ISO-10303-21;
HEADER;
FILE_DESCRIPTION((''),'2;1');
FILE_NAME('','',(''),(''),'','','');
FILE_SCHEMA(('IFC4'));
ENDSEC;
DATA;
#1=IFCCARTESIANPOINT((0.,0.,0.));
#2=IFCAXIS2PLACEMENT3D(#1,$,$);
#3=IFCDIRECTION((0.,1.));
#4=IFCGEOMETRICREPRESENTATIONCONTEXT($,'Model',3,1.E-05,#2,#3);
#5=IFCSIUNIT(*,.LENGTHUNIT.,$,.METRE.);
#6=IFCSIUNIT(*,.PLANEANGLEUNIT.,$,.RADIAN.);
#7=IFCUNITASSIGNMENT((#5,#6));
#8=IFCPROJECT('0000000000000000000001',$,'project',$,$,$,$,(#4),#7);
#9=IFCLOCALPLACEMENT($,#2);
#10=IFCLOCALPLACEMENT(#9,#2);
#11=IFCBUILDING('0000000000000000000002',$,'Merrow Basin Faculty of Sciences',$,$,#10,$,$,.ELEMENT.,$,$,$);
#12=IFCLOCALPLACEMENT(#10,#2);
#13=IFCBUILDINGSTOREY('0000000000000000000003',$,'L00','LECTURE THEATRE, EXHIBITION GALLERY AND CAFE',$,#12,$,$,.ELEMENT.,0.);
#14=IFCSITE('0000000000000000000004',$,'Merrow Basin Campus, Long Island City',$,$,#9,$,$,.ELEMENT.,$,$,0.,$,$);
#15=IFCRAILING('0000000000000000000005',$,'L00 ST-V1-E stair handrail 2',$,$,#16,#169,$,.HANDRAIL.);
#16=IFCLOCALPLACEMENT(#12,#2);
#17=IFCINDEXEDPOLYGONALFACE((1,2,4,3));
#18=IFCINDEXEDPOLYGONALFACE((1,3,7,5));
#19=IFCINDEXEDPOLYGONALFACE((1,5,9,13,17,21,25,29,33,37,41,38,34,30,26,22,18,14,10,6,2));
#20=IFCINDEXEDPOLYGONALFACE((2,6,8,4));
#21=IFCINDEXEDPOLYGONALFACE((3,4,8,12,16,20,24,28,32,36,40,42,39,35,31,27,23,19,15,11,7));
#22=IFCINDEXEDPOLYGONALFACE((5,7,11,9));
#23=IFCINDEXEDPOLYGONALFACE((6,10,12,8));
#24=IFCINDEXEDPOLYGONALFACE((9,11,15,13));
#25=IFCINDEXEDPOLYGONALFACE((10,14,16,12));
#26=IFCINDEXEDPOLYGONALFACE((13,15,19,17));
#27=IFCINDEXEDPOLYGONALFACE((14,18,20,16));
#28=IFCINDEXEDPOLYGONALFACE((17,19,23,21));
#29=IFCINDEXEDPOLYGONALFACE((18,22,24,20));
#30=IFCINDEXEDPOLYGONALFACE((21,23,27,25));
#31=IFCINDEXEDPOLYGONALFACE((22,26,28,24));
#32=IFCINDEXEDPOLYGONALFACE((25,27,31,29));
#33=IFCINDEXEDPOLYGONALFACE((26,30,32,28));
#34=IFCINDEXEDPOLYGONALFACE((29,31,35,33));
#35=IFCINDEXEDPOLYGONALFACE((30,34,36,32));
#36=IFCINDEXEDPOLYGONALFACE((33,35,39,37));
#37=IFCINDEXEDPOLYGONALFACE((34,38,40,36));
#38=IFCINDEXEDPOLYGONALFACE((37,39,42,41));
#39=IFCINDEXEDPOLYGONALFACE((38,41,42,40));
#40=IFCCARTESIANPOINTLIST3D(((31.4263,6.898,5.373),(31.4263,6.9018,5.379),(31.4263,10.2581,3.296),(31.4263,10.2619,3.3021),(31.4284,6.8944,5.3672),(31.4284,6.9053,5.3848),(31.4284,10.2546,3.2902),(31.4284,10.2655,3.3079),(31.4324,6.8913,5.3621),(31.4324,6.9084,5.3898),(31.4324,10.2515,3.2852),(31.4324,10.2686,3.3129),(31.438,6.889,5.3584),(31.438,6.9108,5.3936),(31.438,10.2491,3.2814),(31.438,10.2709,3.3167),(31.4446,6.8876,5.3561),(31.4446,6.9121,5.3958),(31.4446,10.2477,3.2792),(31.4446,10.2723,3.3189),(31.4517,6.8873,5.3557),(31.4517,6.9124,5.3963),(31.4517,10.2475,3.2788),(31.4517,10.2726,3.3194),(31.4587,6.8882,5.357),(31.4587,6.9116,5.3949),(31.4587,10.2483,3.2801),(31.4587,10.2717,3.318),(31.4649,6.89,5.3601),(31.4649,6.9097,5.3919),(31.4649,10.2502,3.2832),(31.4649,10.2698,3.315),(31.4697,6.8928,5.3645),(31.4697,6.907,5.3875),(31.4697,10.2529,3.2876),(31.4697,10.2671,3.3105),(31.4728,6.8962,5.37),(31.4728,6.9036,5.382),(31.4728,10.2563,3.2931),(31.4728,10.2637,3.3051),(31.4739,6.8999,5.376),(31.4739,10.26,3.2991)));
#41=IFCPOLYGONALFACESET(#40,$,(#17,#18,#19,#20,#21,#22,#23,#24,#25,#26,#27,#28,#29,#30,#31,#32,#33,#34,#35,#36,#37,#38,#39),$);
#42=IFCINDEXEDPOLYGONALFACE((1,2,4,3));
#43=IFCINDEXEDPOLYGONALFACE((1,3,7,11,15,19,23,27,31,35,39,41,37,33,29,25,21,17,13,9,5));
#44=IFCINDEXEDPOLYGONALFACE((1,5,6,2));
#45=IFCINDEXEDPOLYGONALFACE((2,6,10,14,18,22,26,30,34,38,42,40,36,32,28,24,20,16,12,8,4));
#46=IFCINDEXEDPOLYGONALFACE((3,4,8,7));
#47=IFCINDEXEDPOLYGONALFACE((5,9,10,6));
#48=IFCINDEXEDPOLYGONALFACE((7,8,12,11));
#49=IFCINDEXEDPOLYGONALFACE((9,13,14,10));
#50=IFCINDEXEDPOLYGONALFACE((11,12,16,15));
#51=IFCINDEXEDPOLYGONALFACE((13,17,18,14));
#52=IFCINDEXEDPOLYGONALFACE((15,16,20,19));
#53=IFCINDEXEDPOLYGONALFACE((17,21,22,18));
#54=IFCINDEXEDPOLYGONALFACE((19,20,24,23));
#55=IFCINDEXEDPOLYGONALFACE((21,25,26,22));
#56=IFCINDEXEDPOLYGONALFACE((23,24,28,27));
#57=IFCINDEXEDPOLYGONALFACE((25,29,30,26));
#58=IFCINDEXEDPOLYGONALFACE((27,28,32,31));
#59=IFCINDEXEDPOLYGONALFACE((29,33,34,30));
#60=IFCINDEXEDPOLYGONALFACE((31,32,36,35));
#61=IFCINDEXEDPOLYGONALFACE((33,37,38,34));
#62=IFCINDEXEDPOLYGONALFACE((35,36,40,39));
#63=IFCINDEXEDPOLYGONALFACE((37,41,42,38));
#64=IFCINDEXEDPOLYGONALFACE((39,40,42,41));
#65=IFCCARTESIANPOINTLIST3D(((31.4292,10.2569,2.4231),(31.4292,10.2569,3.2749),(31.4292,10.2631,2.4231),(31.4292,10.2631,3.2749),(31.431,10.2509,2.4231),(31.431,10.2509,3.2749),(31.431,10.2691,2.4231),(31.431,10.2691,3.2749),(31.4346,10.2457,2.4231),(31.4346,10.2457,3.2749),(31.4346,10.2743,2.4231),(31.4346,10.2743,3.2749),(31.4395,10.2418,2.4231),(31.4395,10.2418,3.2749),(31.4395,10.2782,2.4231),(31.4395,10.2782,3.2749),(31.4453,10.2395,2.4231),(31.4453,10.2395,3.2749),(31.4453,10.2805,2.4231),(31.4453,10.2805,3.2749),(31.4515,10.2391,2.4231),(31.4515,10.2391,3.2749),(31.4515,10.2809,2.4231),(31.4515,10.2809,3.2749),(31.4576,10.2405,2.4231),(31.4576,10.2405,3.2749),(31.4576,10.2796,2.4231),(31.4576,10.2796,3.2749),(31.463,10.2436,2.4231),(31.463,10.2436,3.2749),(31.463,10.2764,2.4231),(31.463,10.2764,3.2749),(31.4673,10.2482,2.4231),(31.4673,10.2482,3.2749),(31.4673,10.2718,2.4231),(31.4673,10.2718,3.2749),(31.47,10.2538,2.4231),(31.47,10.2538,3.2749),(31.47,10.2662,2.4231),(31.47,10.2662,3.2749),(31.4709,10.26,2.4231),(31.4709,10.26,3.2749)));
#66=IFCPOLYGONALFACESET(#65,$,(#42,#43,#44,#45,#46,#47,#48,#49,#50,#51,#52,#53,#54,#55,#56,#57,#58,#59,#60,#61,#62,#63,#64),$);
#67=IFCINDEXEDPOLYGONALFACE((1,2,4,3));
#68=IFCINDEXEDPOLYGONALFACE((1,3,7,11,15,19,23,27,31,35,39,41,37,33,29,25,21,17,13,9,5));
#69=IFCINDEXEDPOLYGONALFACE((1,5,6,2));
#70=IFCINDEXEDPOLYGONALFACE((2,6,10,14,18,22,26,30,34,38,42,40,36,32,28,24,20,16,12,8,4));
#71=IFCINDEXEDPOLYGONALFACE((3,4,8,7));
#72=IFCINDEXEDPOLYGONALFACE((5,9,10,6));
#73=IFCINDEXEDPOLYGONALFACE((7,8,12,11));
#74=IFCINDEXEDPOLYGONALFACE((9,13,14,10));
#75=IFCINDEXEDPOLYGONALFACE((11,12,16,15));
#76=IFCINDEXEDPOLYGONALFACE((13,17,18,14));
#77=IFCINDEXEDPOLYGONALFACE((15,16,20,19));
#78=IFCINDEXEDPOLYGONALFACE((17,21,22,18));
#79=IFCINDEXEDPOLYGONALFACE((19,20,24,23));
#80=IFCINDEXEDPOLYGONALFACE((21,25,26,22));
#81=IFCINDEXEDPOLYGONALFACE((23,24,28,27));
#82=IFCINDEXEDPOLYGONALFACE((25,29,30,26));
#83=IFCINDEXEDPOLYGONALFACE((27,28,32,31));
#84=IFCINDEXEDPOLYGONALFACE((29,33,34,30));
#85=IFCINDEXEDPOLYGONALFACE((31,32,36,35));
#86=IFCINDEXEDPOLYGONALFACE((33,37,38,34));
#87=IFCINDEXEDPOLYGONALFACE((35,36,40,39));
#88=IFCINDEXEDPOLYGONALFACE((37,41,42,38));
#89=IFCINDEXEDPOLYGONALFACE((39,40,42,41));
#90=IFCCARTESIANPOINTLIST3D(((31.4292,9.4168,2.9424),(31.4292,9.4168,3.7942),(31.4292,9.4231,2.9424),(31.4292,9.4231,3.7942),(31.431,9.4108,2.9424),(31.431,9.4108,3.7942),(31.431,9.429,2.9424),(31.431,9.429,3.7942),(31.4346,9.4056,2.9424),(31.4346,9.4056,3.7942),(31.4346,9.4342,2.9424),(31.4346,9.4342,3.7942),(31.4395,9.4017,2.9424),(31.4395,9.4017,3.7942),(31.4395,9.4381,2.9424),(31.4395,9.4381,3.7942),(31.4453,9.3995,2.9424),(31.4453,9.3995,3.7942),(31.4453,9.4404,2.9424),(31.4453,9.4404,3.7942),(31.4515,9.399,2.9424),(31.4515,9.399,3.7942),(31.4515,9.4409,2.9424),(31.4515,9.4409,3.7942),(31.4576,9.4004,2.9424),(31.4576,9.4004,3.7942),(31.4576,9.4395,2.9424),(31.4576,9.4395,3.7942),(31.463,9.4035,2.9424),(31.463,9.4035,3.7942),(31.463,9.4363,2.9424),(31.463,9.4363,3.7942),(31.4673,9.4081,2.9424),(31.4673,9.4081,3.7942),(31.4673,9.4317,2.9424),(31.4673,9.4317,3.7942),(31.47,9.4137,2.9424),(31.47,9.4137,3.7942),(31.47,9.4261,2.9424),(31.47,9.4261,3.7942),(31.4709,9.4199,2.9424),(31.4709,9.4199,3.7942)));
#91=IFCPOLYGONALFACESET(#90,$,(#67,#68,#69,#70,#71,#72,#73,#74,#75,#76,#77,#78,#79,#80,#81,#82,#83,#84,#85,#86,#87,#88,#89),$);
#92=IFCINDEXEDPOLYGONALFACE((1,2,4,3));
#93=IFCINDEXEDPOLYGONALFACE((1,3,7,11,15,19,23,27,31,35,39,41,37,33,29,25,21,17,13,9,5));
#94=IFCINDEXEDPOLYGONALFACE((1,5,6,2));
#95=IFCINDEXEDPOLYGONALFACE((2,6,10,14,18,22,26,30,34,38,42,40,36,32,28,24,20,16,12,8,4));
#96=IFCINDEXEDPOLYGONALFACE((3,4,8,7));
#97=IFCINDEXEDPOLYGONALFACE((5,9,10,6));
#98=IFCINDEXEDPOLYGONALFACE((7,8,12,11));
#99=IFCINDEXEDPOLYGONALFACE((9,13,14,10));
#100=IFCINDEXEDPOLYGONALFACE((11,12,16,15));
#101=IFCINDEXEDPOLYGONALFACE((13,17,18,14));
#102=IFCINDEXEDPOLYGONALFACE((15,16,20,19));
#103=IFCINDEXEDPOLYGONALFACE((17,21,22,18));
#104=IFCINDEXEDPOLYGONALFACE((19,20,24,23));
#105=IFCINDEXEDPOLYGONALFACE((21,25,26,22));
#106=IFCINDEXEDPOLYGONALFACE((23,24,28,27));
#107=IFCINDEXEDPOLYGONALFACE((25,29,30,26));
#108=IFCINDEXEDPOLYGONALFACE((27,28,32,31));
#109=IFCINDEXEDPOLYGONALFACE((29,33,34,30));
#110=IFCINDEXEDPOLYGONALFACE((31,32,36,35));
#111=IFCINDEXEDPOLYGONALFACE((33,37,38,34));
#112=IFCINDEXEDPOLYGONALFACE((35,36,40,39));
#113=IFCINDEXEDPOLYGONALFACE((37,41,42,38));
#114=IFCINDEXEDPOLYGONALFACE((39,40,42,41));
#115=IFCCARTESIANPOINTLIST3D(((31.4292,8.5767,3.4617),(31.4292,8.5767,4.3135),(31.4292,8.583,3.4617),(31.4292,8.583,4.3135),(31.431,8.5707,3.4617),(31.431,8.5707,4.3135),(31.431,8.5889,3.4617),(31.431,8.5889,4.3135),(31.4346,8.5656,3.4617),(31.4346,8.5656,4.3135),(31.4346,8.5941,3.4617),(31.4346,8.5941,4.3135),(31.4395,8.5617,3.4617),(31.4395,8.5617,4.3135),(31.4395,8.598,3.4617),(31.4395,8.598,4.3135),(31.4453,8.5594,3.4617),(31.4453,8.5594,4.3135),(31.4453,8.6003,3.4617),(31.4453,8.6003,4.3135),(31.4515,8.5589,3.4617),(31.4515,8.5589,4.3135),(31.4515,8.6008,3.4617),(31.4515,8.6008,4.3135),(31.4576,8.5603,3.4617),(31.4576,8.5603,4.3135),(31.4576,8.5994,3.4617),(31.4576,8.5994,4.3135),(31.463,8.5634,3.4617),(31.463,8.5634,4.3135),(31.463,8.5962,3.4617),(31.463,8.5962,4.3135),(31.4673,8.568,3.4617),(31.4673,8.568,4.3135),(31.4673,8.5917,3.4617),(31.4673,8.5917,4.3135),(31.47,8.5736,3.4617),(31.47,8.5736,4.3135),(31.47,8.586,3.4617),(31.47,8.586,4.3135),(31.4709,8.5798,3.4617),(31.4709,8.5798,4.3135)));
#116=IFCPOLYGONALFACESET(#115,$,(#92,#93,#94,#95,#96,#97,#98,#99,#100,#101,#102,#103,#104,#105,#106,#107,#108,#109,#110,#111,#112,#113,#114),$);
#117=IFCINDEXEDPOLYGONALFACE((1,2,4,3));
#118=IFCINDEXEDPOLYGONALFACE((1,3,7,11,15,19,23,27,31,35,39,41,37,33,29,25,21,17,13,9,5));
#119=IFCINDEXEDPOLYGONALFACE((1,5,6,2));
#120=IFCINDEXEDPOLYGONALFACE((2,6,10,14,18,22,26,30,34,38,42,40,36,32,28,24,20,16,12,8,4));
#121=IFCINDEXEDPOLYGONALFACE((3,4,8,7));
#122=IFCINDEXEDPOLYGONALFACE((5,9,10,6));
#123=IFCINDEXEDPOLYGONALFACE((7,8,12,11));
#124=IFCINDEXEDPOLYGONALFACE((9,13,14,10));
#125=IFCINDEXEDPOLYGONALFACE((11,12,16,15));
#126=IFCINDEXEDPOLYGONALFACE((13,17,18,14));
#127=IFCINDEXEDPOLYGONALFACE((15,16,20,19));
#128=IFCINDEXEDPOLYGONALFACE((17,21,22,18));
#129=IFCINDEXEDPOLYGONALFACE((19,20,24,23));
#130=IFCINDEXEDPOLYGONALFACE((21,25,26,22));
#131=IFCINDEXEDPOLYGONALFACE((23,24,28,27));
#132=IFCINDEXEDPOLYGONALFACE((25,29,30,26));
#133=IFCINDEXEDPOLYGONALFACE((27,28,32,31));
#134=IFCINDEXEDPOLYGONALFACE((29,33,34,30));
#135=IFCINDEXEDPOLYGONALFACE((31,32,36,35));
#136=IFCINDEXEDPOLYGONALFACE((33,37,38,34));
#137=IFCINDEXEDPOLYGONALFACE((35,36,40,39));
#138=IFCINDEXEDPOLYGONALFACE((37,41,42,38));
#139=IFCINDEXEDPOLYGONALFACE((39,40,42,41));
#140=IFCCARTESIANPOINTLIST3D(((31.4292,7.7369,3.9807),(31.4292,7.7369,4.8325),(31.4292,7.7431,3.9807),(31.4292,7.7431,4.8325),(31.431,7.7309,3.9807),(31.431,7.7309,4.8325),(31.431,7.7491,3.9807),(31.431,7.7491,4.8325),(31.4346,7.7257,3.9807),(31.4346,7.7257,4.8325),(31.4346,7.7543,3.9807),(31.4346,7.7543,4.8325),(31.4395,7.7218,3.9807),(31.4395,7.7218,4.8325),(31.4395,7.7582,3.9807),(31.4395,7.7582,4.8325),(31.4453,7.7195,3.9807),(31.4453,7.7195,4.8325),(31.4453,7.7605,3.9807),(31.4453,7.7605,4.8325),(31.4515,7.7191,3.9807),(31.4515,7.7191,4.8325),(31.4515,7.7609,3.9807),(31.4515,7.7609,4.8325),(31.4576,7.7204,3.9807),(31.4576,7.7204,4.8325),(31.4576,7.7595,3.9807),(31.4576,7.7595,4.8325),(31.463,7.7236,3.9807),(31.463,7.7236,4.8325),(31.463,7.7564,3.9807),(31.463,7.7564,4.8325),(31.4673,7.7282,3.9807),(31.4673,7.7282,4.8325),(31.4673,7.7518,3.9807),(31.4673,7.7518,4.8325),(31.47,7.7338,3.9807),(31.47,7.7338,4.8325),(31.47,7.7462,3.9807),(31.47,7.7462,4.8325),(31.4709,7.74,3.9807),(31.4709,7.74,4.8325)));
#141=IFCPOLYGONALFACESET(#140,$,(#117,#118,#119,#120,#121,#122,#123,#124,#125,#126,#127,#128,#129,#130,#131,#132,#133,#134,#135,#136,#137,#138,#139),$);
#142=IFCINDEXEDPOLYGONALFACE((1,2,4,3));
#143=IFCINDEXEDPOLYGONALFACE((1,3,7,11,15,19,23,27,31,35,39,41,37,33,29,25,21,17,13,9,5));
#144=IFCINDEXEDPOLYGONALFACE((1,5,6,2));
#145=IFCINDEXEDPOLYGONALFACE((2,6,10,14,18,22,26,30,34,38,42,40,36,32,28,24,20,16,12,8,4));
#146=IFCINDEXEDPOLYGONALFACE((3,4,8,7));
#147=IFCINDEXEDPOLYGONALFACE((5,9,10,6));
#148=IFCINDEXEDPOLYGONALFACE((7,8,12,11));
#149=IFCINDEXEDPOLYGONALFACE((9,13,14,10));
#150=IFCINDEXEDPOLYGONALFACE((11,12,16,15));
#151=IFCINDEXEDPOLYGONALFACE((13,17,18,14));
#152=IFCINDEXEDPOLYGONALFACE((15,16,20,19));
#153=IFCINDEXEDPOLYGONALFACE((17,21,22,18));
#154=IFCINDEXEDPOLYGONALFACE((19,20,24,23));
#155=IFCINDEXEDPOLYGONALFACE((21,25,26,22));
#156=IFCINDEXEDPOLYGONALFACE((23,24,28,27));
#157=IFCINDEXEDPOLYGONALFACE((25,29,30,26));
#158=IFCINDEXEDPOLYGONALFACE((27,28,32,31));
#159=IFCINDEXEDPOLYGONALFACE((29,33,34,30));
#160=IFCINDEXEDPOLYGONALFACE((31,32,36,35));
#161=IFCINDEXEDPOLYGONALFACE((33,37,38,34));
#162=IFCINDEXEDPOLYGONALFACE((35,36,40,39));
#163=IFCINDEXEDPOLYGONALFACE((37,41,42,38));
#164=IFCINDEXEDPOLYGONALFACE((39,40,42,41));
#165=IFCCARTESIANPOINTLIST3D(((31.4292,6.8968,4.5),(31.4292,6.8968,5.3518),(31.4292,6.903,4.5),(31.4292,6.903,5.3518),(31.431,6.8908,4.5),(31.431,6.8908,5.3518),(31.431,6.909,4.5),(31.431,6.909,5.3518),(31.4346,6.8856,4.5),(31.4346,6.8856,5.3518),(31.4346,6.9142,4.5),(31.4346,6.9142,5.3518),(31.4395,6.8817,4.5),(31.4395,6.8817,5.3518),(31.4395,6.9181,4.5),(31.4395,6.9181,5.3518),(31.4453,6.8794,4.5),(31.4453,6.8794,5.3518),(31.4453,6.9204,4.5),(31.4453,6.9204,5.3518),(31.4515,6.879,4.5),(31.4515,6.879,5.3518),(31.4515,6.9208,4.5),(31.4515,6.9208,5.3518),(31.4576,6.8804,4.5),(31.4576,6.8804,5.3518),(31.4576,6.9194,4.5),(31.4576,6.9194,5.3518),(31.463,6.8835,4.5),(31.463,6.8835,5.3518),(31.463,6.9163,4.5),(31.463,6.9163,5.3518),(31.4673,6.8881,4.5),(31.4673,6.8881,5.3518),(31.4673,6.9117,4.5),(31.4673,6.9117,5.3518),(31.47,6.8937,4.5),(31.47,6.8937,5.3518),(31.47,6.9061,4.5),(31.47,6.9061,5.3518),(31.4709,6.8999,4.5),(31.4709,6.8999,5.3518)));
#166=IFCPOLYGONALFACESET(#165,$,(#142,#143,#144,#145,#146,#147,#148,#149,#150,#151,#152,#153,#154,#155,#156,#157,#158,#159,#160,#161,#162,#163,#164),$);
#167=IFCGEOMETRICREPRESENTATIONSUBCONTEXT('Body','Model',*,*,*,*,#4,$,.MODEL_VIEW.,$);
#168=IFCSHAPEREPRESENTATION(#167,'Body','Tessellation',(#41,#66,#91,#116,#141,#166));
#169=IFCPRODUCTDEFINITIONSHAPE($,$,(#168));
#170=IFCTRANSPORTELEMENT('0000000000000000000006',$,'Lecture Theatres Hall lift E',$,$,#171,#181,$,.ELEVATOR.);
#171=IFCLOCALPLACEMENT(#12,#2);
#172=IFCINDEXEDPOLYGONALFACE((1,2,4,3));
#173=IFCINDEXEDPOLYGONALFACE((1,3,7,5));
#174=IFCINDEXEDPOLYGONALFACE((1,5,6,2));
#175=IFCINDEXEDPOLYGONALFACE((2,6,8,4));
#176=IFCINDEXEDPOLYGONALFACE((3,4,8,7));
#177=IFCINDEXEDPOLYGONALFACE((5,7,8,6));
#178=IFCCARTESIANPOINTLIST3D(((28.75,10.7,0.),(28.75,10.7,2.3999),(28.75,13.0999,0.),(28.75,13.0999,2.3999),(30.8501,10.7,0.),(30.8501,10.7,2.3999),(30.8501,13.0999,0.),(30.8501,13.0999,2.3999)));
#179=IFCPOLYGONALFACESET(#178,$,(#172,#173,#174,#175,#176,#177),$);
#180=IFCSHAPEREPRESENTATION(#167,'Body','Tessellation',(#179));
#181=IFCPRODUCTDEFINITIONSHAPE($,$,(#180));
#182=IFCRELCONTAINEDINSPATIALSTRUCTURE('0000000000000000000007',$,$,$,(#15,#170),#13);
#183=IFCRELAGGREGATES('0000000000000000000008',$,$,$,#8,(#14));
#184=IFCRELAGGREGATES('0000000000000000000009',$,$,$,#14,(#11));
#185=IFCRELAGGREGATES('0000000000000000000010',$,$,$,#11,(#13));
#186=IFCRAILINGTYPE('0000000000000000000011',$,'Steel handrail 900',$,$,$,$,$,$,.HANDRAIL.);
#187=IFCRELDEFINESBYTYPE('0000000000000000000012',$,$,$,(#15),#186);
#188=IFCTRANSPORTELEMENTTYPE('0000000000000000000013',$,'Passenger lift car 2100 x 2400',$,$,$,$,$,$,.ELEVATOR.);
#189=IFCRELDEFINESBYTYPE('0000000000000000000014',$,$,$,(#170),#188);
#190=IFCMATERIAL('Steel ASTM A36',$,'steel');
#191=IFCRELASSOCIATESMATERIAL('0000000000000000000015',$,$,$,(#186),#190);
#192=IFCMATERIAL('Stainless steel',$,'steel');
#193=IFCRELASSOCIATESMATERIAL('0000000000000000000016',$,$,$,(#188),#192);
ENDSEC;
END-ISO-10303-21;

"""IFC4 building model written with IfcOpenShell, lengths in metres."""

from ifc_helpers import new_model, si_unit, direction, frame, origin, origin_2d, place, context, subcontext, project, spatial, rectangle, circle, extrude, material, type_object, element, save


model = new_model("IFC4")

# Units and contexts
model_context = context("Model", 3, precision=1e-05, world=origin(), true_north=direction((0.0, 1.0)))
body_context = subcontext(model_context, "Body", "Model", "MODEL_VIEW")
ifc_project = project(units=[si_unit("LENGTHUNIT", "METRE"), si_unit("PLANEANGLEUNIT", "RADIAN")], contexts=[model_context])

# Site, building, storey
site_placement = place(None, origin())
site = spatial("IfcSite", under=ifc_project, at=site_placement, Name="Merrow Basin Campus, Long Island City", CompositionType="ELEMENT", RefElevation=0.0)
building_placement = place(site_placement, origin())
building = spatial("IfcBuilding", under=site, at=building_placement, Name="Merrow Basin Faculty of Sciences", CompositionType="ELEMENT")
storey_placement = place(building_placement, origin())
storey = spatial("IfcBuildingStorey", under=building, at=storey_placement, Name="L00", Description="LECTURE THEATRE, EXHIBITION GALLERY AND CAFE", CompositionType="ELEMENT", Elevation=0.0)

# Railing
ifc_material_1 = material(Name="Steel ASTM A36", Category="steel")
railing_type = type_object("IfcRailingType", Name="Steel handrail 900", PredefinedType="HANDRAIL", material=ifc_material_1)
railing_placement = place(storey_placement, frame((31.45, 10.26, 2.4231)))
element("IfcRailing", 1, at=railing_placement, inside=storey, type_object=railing_type, Name="L00 ST-V1-E stair handrail 2", PredefinedType="HANDRAIL", context=body_context, shape_type="SweptSolid", body=[
    extrude(circle(Radius=0.0239, at=origin_2d()), frame((0.0, 0.0, 0.876), z_axis=(0.0, -0.850623, 0.525776), x_axis=(1.0, 0.0, 0.0)), (0.0, 0.0, 1.0), 3.9502),
    extrude(circle(Radius=0.021, at=origin_2d()), origin(), (0.0, 0.0, 1.0), 0.8518),
    extrude(circle(Radius=0.021, at=origin_2d()), frame((0.0, -0.8401, 0.5193)), (0.0, 0.0, 1.0), 0.8518),
    extrude(circle(Radius=0.021, at=origin_2d()), frame((0.0, -1.6802, 1.0386)), (0.0, 0.0, 1.0), 0.8518),
    extrude(circle(Radius=0.021, at=origin_2d()), frame((0.0, -2.52, 1.5576)), (0.0, 0.0, 1.0), 0.8518),
    extrude(circle(Radius=0.021, at=origin_2d()), frame((0.0, -3.3601, 2.0769)), (0.0, 0.0, 1.0), 0.8518),
])

# Transport element
ifc_material_2 = material(Name="Stainless steel", Category="steel")
transport_element_type = type_object("IfcTransportElementType", Name="Passenger lift car 2100 x 2400", PredefinedType="ELEVATOR", material=ifc_material_2)
transport_element_placement = place(storey_placement, frame((29.8, 11.8999, 0.0), z_axis=(0.0, 0.0, 1.0), x_axis=(1.0, 0.0, 0.0)))
element("IfcTransportElement", 2, at=transport_element_placement, inside=storey, type_object=transport_element_type, Name="Lecture Theatres Hall lift E", PredefinedType="ELEVATOR", context=body_context, shape_type="SweptSolid", body=[
    extrude(rectangle(XDim=2.1001, YDim=2.3999, at=origin_2d()), origin(), (0.0, 0.0, 1.0), 2.3999),
])

save(model, "model.ifc")
